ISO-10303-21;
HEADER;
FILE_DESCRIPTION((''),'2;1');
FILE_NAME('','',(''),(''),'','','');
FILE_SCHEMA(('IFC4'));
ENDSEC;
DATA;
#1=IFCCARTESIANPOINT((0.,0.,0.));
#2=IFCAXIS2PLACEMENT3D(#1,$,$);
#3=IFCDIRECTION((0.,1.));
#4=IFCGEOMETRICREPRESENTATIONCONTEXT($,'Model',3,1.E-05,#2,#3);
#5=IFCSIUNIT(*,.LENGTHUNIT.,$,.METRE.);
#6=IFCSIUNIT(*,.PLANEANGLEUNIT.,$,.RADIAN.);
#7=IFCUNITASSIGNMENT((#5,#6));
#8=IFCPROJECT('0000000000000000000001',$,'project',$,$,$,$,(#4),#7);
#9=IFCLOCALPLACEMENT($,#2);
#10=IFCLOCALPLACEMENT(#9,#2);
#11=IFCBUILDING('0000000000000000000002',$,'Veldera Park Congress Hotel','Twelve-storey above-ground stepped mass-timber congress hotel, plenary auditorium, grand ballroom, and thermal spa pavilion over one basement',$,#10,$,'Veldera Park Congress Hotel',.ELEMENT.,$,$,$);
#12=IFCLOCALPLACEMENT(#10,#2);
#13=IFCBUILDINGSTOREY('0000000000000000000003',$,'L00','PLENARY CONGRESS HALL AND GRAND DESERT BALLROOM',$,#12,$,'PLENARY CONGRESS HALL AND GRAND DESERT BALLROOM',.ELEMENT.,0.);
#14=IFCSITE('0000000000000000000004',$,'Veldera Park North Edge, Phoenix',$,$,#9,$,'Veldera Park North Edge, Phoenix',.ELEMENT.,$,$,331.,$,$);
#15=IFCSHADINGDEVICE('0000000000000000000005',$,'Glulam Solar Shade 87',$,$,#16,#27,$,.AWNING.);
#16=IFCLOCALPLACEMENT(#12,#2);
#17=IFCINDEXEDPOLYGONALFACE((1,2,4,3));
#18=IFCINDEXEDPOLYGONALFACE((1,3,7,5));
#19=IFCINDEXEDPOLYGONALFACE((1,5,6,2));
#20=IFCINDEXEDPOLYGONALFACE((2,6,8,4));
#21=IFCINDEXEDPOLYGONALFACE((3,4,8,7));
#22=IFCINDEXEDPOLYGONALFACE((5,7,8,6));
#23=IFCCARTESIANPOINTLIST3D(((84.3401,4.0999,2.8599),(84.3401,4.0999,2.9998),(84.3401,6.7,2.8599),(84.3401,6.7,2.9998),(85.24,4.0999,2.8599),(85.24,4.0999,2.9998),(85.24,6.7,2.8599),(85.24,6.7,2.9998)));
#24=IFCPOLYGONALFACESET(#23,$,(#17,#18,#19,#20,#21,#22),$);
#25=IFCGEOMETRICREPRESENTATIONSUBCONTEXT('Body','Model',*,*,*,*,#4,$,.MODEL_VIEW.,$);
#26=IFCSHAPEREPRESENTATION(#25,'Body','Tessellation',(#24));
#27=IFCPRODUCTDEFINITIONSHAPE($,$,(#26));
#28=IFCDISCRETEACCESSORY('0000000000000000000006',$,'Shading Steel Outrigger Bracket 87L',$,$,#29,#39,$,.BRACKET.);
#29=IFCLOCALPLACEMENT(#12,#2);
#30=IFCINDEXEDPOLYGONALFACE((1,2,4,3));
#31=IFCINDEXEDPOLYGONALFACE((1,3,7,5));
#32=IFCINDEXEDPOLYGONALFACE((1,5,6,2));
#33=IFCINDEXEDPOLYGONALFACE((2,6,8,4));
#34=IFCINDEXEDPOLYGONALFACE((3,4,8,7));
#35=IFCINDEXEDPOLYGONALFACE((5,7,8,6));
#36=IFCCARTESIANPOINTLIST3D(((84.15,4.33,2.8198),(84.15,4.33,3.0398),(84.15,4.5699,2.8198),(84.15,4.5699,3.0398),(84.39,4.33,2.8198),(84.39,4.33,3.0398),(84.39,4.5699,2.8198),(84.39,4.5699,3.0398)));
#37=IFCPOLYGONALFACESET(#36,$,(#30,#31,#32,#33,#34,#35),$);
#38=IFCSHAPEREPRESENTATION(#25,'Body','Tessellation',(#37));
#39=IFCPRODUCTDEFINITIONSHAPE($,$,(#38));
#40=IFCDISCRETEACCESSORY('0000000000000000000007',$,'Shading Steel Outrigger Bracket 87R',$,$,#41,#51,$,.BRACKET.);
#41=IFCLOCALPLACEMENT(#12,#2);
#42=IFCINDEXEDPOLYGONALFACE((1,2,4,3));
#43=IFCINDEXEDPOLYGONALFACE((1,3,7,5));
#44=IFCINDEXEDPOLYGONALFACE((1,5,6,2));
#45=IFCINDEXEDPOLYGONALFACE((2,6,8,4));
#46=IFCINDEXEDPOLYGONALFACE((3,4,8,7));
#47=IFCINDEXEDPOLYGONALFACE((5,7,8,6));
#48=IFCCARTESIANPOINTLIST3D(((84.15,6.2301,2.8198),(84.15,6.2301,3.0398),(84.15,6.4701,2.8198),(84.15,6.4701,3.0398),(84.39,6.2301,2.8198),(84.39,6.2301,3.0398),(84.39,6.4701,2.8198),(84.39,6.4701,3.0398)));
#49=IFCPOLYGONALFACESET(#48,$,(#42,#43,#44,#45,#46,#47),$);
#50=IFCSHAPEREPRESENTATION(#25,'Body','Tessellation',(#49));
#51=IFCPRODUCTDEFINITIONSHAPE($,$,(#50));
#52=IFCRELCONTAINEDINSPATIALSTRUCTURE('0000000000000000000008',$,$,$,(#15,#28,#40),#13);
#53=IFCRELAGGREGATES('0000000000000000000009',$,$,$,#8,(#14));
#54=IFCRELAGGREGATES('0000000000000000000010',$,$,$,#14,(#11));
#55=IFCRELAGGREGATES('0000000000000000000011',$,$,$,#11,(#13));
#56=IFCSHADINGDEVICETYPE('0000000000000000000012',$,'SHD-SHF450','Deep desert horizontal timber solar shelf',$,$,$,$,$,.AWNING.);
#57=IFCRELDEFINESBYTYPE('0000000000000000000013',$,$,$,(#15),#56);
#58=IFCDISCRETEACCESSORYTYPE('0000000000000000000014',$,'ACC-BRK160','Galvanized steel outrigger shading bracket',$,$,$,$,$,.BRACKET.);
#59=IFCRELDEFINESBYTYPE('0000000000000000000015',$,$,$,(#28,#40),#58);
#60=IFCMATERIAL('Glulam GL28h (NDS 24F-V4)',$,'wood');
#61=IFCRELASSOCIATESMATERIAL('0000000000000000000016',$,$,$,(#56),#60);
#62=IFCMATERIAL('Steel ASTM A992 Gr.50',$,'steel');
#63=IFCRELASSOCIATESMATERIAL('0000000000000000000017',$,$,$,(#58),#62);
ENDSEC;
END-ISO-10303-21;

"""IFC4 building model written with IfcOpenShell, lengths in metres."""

from ifc_helpers import new_model, si_unit, direction, frame, origin, origin_2d, place, context, subcontext, project, spatial, rectangle, extrude, material, type_object, element, save


model = new_model("IFC4")

# Units and contexts
model_context = context("Model", 3, precision=1e-05, world=origin(), true_north=direction((0.0, 1.0)))
body_context = subcontext(model_context, "Body", "Model", "MODEL_VIEW")
ifc_project = project(units=[si_unit("LENGTHUNIT", "METRE"), si_unit("PLANEANGLEUNIT", "RADIAN")], contexts=[model_context])

# Site, building, storey
site_placement = place(None, origin())
site = spatial("IfcSite", under=ifc_project, at=site_placement, Name="Veldera Park North Edge, Phoenix", LongName="Veldera Park North Edge, Phoenix", CompositionType="ELEMENT", RefElevation=331.0)
building_placement = place(site_placement, origin())
building = spatial("IfcBuilding", under=site, at=building_placement, Name="Veldera Park Congress Hotel", Description="Twelve-storey above-ground stepped mass-timber congress hotel, plenary auditorium, grand ballroom, and thermal spa pavilion over one basement", LongName="Veldera Park Congress Hotel", CompositionType="ELEMENT")
storey_placement = place(building_placement, origin())
storey = spatial("IfcBuildingStorey", under=building, at=storey_placement, Name="L00", Description="PLENARY CONGRESS HALL AND GRAND DESERT BALLROOM", LongName="PLENARY CONGRESS HALL AND GRAND DESERT BALLROOM", CompositionType="ELEMENT", Elevation=0.0)

# Shared definitions
ifc_material_1 = material(Name="Steel ASTM A992 Gr.50", Category="steel")

# Shading device
ifc_material_2 = material(Name="Glulam GL28h (NDS 24F-V4)", Category="wood")
shading_device_type = type_object("IfcShadingDeviceType", Name="SHD-SHF450", Description="Deep desert horizontal timber solar shelf", PredefinedType="AWNING", material=ifc_material_2)
shading_device_placement = place(storey_placement, frame((84.79, 5.3999, 2.8599), z_axis=(0.0, 0.0, 1.0), x_axis=(0.0, 1.0, 0.0)))
element("IfcShadingDevice", 1, at=shading_device_placement, inside=storey, type_object=shading_device_type, Name="Glulam Solar Shade 87", PredefinedType="AWNING", context=body_context, shape_type="SweptSolid", body=[
    extrude(rectangle(XDim=2.6001, YDim=0.8999, at=origin_2d()), origin(), (0.0, 0.0, 1.0), 0.1399),
])

# Discrete accessories
discrete_accessory_type = type_object("IfcDiscreteAccessoryType", Name="ACC-BRK160", Description="Galvanized steel outrigger shading bracket", PredefinedType="BRACKET", material=ifc_material_1)
for number, where, z_axis, x_axis, name in (
    (2, (84.27, 4.45, 2.8198), (0.0, 0.0, 1.0), (0.0, 1.0, 0.0), "Shading Steel Outrigger Bracket 87L"),
    (3, (84.27, 6.3501, 2.8198), (0.0, 0.0, 1.0), (0.0, 1.0, 0.0), "Shading Steel Outrigger Bracket 87R"),
):
    element("IfcDiscreteAccessory", number, at=place(storey_placement, frame(where, z_axis=z_axis, x_axis=x_axis)), inside=storey, type_object=discrete_accessory_type, Name=name, PredefinedType="BRACKET", context=body_context, shape_type="SweptSolid", body=[
        extrude(rectangle(XDim=0.24, YDim=0.24, at=origin_2d()), origin(), (0.0, 0.0, 1.0), 0.22),
    ])

save(model, "model.ifc")
